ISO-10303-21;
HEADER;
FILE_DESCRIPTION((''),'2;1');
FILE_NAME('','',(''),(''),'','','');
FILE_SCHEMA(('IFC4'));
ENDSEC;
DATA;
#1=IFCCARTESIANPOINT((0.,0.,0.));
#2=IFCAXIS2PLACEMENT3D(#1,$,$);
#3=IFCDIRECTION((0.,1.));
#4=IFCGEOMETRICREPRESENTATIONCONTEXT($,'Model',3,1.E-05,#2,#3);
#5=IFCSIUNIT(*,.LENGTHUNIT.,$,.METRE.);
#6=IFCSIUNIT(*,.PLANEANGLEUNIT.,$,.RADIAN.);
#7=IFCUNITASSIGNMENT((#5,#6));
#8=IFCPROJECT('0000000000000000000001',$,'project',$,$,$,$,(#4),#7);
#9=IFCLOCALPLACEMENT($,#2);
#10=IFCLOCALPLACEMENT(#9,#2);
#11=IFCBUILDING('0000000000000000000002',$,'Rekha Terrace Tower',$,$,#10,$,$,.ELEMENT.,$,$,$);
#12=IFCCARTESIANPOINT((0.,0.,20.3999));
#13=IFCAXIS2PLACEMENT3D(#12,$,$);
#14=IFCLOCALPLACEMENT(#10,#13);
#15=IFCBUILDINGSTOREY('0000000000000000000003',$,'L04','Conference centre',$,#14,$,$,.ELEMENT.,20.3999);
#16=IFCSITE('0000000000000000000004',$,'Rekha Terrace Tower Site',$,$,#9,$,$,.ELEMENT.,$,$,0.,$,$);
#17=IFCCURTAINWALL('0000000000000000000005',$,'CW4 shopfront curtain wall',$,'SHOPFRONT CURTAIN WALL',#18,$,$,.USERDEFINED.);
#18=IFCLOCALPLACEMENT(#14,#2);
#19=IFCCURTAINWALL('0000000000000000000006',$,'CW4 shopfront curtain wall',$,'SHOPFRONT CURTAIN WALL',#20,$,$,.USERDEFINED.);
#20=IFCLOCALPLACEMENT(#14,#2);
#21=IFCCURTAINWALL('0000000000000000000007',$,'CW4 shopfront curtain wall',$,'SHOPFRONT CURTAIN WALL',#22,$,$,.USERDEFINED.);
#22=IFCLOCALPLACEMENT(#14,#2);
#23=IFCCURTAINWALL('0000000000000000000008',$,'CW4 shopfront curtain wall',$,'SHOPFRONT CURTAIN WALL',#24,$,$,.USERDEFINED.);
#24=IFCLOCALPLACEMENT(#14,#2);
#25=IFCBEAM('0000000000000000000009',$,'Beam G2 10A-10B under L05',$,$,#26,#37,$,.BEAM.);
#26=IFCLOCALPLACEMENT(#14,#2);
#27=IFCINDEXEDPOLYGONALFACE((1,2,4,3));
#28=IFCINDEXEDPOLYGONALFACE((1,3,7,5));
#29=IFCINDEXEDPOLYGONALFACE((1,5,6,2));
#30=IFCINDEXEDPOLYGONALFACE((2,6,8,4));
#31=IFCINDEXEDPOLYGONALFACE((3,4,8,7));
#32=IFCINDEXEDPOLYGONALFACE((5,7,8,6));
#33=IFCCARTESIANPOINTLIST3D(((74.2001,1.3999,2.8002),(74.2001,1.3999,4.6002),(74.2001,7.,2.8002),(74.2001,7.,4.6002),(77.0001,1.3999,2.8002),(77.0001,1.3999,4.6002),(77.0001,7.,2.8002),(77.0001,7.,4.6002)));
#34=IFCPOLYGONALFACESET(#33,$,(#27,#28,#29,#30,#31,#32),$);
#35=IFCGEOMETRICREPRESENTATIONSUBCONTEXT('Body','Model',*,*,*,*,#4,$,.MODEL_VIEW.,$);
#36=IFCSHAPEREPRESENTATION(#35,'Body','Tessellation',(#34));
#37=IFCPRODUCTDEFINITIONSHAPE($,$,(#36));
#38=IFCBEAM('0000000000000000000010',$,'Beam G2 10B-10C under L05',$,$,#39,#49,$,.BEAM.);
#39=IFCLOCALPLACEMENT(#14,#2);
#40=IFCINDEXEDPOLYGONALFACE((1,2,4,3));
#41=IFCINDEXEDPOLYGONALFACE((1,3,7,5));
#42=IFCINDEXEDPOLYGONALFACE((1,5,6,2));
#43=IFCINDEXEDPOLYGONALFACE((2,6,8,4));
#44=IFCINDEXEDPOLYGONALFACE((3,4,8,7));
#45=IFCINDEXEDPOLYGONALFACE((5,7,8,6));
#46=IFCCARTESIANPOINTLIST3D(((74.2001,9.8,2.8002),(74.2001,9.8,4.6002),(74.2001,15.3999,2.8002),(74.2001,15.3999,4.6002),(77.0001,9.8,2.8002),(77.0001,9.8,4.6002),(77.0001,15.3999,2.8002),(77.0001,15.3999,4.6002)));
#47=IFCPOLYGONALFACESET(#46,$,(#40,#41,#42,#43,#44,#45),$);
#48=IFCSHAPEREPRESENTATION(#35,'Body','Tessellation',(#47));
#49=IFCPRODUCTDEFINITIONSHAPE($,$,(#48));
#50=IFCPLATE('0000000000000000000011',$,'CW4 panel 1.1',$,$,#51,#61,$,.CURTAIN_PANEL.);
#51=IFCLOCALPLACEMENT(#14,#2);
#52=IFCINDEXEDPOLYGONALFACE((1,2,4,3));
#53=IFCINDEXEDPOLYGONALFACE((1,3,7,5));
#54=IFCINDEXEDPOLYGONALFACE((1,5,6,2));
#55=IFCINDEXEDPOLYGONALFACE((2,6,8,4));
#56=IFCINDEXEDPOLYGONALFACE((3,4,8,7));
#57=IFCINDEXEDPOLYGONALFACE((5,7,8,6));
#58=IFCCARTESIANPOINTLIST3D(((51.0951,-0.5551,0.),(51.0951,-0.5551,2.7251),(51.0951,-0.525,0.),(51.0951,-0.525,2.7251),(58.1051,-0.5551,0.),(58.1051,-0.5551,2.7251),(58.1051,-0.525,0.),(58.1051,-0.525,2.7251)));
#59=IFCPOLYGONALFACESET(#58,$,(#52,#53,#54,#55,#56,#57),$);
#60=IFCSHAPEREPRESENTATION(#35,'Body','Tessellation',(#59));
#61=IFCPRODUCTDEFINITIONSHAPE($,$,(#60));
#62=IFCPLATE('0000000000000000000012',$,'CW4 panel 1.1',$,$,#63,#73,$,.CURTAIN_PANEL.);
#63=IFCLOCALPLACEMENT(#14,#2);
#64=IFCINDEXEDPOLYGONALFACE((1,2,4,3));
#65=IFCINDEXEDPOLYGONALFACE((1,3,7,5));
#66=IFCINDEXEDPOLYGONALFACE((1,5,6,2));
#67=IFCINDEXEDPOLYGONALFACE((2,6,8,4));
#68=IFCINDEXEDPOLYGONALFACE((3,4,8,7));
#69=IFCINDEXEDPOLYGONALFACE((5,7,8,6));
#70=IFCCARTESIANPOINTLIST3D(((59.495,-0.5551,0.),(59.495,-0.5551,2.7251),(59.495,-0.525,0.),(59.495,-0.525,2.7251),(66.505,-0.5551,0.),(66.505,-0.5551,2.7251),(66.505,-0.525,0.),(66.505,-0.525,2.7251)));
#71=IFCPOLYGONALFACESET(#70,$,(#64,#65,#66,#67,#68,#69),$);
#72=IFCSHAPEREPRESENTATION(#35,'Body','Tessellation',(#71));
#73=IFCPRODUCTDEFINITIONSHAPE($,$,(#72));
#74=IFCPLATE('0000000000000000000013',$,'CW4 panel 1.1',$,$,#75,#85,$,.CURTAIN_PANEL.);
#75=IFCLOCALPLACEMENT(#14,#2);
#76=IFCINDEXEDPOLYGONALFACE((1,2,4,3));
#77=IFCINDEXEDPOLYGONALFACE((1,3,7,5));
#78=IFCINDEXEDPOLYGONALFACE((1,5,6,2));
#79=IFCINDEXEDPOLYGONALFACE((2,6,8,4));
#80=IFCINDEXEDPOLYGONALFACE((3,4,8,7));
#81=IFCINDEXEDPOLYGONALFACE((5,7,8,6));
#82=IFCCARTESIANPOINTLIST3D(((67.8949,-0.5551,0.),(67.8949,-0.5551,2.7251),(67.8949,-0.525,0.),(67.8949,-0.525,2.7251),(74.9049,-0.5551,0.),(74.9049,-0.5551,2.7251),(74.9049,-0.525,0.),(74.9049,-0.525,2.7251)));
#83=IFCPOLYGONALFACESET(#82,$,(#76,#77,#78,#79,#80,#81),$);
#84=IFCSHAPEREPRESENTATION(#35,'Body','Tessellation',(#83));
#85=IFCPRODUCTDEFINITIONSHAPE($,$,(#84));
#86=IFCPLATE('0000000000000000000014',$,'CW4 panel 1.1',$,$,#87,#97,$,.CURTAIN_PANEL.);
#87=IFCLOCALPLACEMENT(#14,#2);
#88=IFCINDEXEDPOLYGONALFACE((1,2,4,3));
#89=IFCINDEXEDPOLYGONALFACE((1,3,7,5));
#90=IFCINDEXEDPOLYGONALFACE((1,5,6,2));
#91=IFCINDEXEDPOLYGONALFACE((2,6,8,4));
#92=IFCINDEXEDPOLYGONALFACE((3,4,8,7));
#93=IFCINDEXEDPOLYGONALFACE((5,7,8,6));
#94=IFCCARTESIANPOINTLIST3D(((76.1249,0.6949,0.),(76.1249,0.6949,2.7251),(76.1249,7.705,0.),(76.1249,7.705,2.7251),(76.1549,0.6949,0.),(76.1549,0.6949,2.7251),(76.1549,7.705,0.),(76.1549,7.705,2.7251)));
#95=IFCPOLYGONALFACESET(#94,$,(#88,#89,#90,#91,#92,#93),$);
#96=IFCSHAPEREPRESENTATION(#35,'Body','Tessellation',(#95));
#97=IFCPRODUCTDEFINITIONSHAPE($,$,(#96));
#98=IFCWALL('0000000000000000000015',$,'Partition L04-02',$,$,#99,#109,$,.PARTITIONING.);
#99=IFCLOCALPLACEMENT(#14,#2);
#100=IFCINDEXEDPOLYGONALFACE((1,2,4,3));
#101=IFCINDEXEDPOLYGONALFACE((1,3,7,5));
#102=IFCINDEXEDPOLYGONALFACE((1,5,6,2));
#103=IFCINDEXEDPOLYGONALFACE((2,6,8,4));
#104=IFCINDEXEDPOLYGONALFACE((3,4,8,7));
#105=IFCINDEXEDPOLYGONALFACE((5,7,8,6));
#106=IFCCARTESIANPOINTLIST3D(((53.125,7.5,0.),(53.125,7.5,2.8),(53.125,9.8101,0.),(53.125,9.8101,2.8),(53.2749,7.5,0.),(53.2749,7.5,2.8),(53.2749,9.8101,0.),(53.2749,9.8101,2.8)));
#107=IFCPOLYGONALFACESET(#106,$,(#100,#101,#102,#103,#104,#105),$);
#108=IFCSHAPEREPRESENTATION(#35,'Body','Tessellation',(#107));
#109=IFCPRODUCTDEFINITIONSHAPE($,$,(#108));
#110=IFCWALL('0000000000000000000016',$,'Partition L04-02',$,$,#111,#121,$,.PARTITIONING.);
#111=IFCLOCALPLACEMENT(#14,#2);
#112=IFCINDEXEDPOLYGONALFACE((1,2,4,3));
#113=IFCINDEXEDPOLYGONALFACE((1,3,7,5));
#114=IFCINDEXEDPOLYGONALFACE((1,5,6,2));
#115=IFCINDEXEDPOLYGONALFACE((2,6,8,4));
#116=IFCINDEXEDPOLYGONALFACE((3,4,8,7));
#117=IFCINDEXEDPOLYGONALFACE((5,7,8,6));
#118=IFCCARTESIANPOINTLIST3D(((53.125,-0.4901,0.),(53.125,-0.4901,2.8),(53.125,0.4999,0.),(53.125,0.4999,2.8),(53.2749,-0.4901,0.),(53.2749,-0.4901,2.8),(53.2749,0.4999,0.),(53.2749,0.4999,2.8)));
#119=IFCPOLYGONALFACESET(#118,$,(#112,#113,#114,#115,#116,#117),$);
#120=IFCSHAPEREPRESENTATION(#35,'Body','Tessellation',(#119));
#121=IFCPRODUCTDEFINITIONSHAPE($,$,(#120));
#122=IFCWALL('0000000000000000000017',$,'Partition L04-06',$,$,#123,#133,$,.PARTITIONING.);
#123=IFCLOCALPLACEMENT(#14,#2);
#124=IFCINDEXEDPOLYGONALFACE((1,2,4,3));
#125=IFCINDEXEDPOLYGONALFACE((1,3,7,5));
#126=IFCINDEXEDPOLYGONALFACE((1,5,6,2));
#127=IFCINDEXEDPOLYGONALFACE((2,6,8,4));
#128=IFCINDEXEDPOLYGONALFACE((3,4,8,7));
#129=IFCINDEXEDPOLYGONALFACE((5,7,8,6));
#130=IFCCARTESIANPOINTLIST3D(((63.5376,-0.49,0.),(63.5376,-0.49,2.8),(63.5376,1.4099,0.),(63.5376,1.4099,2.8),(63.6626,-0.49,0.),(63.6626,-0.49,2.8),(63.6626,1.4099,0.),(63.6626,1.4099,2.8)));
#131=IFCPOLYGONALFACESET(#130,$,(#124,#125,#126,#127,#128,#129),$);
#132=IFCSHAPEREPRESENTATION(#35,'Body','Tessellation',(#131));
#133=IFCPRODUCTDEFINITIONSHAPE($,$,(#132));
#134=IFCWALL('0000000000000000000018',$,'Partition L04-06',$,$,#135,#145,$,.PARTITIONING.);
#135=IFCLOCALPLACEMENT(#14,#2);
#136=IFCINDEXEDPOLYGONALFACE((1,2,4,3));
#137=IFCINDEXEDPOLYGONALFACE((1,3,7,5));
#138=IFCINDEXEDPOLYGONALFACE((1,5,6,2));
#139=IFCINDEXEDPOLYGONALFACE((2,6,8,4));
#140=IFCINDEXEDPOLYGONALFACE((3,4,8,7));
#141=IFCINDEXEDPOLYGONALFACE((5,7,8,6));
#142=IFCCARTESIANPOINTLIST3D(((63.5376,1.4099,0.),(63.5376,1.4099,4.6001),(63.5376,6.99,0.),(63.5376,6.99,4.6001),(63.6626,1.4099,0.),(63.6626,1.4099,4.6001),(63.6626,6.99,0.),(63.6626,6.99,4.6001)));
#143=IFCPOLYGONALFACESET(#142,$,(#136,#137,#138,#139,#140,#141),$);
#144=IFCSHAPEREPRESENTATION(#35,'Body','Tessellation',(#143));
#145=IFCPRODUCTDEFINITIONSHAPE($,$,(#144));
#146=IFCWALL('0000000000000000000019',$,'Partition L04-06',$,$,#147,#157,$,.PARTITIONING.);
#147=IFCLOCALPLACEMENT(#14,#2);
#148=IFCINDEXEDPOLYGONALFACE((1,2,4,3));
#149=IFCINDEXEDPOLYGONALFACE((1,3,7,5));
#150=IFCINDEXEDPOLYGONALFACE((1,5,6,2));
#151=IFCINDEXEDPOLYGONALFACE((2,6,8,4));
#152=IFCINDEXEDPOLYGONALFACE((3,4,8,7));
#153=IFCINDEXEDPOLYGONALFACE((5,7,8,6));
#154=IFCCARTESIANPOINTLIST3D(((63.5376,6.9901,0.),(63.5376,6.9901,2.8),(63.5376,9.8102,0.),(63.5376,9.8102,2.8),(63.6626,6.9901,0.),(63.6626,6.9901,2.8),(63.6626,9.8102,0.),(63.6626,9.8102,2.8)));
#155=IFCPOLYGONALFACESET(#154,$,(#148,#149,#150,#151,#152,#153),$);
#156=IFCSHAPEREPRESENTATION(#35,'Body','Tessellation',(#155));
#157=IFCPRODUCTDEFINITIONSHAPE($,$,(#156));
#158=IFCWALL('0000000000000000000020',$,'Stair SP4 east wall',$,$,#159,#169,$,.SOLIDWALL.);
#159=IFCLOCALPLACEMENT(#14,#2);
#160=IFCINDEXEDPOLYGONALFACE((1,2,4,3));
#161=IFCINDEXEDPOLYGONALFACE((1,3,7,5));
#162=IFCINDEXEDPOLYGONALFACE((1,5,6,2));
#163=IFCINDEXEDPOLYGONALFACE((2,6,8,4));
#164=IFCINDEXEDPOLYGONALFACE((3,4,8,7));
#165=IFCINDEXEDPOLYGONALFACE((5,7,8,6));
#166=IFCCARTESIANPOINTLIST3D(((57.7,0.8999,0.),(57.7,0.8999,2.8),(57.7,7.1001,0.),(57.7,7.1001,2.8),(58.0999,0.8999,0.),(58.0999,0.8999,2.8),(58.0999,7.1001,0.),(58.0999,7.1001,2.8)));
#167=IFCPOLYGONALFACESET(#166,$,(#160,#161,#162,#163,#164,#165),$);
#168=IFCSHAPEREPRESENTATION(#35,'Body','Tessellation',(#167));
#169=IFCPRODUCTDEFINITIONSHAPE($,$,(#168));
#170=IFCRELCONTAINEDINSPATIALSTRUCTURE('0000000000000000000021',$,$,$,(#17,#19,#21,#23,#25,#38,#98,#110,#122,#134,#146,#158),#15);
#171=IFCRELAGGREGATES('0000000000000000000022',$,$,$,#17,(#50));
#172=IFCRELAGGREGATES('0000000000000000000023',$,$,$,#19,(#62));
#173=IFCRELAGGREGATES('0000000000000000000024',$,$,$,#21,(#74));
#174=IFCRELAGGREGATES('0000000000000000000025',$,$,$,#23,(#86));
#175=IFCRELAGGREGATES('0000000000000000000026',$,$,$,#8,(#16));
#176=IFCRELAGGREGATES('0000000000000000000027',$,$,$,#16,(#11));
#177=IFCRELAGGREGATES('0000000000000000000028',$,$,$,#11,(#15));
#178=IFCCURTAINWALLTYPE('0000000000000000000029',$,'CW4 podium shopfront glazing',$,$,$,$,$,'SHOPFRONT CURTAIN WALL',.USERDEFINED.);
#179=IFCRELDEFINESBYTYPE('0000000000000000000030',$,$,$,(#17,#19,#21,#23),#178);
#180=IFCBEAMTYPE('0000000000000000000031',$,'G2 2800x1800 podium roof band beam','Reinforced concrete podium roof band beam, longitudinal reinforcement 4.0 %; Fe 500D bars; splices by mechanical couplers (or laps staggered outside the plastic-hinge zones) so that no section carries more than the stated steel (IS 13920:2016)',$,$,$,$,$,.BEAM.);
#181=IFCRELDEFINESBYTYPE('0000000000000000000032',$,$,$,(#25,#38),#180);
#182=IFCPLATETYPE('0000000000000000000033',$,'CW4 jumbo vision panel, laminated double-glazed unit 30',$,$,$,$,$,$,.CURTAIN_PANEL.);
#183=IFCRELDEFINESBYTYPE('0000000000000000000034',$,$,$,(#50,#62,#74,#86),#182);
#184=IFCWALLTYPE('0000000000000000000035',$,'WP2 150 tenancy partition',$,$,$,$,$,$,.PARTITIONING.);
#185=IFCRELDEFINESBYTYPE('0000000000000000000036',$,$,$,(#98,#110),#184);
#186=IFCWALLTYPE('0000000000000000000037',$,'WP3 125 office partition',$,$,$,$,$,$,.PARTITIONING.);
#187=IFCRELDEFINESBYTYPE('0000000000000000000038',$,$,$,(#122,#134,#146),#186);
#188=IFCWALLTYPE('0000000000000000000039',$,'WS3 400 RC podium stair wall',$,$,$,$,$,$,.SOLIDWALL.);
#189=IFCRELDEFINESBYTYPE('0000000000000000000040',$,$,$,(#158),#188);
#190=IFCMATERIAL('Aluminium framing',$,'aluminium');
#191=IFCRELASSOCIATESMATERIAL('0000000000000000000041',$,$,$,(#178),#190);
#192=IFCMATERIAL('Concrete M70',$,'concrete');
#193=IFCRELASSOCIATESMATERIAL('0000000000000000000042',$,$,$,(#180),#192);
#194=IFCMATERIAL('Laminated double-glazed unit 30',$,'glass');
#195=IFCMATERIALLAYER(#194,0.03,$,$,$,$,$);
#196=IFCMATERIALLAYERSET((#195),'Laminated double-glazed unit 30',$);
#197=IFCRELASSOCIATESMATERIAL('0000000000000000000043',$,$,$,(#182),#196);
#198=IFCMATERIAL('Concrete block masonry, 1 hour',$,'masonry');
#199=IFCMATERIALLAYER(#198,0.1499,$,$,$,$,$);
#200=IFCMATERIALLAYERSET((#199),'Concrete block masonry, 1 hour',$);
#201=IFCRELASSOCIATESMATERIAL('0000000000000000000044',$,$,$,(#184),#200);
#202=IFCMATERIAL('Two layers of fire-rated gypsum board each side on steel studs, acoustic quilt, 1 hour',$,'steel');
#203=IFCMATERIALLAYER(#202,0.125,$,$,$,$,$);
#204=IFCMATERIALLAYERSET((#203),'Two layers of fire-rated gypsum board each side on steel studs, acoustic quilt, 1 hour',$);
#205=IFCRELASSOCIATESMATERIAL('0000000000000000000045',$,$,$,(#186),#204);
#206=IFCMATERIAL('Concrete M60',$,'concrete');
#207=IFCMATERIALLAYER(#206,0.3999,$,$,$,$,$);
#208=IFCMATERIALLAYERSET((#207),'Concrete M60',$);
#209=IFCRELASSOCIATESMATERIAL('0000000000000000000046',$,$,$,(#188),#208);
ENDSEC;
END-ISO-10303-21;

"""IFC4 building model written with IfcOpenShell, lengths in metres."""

from ifc_helpers import new_model, si_unit, direction, frame, frame_2d, origin, origin_2d, place, context, subcontext, project, spatial, rectangle, extrude, material, layer, layer_set, material_profile, profile_set, type_object, element, aggregate, save


model = new_model("IFC4")

# Units and contexts
model_context = context("Model", 3, precision=1e-05, world=origin(), true_north=direction((0.0, 1.0)))
body_context = subcontext(model_context, "Body", "Model", "MODEL_VIEW")
ifc_project = project(units=[si_unit("LENGTHUNIT", "METRE"), si_unit("PLANEANGLEUNIT", "RADIAN")], contexts=[model_context])

# Site, building, storey
site_placement = place(None, origin())
site = spatial("IfcSite", under=ifc_project, at=site_placement, Name="Rekha Terrace Tower Site", CompositionType="ELEMENT", RefElevation=0.0)
building_placement = place(site_placement, origin())
building = spatial("IfcBuilding", under=site, at=building_placement, Name="Rekha Terrace Tower", CompositionType="ELEMENT")
storey_placement = place(building_placement, frame((0.0, 0.0, 20.3999)))
storey = spatial("IfcBuildingStorey", under=building, at=storey_placement, Name="L04", Description="Conference centre", CompositionType="ELEMENT", Elevation=20.3999)

# Shared definitions
ifc_material_1 = material(Name="Concrete M70", Category="concrete")
ifc_material_2 = material(Name="Concrete M60", Category="concrete")

# Curtain wall
ifc_material_3 = material(Name="Aluminium framing", Category="aluminium")
curtain_wall_type = type_object("IfcCurtainWallType", Name="CW4 podium shopfront glazing", ElementType="SHOPFRONT CURTAIN WALL", PredefinedType="USERDEFINED", material=ifc_material_3)
curtain_wall_1_placement = place(storey_placement, origin())
curtain_wall_1 = element("IfcCurtainWall", 1, at=curtain_wall_1_placement, inside=storey, type_object=curtain_wall_type, Name="CW4 shopfront curtain wall", ObjectType="SHOPFRONT CURTAIN WALL", PredefinedType="USERDEFINED")

# Curtain walls
curtain_wall_2_placement = place(storey_placement, origin())
curtain_wall_2 = element("IfcCurtainWall", 2, at=curtain_wall_2_placement, inside=storey, type_object=curtain_wall_type, Name="CW4 shopfront curtain wall", ObjectType="SHOPFRONT CURTAIN WALL", PredefinedType="USERDEFINED")
curtain_wall_3_placement = place(storey_placement, origin())
curtain_wall_3 = element("IfcCurtainWall", 3, at=curtain_wall_3_placement, inside=storey, type_object=curtain_wall_type, Name="CW4 shopfront curtain wall", ObjectType="SHOPFRONT CURTAIN WALL", PredefinedType="USERDEFINED")
curtain_wall_4_placement = place(storey_placement, origin())
curtain_wall_4 = element("IfcCurtainWall", 4, at=curtain_wall_4_placement, inside=storey, type_object=curtain_wall_type, Name="CW4 shopfront curtain wall", ObjectType="SHOPFRONT CURTAIN WALL", PredefinedType="USERDEFINED")

# Beams
ifc_material_profile_1 = material_profile(ifc_material_1, rectangle(XDim=2.8, YDim=1.8, at=origin_2d()), Name="RC 2800x1800")
ifc_profile_set_1 = profile_set([ifc_material_profile_1], Name="Concrete M70")
beam_type = type_object("IfcBeamType", Name="G2 2800x1800 podium roof band beam", Description="Reinforced concrete podium roof band beam, longitudinal reinforcement 4.0 %; Fe 500D bars; splices by mechanical couplers (or laps staggered outside the plastic-hinge zones) so that no section carries more than the stated steel (IS 13920:2016)", PredefinedType="BEAM", material=ifc_profile_set_1)
beam_1_placement = place(storey_placement, frame((75.6001, 1.3999, 3.7002), z_axis=(0.0, 1.0, 0.0), x_axis=(-1.0, 0.0, 0.0)))
element("IfcBeam", 5, at=beam_1_placement, inside=storey, type_object=beam_type, Name="Beam G2 10A-10B under L05", PredefinedType="BEAM", context=body_context, shape_type="SweptSolid", body=[
    extrude(rectangle(XDim=2.8, YDim=1.8, at=origin_2d()), origin(), (0.0, 0.0, 1.0), 5.6001),
])
beam_2_placement = place(storey_placement, frame((75.6001, 9.8, 3.7002), z_axis=(0.0, 1.0, 0.0), x_axis=(-1.0, 0.0, 0.0)))
element("IfcBeam", 6, at=beam_2_placement, inside=storey, type_object=beam_type, Name="Beam G2 10B-10C under L05", PredefinedType="BEAM", context=body_context, shape_type="SweptSolid", body=[
    extrude(rectangle(XDim=2.8, YDim=1.8, at=origin_2d()), origin(), (0.0, 0.0, 1.0), 5.5999),
])

# Plates
ifc_material_4 = material(Name="Laminated double-glazed unit 30", Category="glass")
ifc_layer_1 = layer(ifc_material_4, 0.03)
ifc_layer_set_1 = layer_set([ifc_layer_1], Name="Laminated double-glazed unit 30")
plate_type = type_object("IfcPlateType", Name="CW4 jumbo vision panel, laminated double-glazed unit 30", PredefinedType="CURTAIN_PANEL", material=ifc_layer_set_1)
plate_1_placement = place(storey_placement, frame((54.6001, -0.54, 0.0), z_axis=(0.0, 0.0, 1.0), x_axis=(1.0, 0.0, 0.0)))
plate_1 = element("IfcPlate", 7, at=plate_1_placement, type_object=plate_type, Name="CW4 panel 1.1", PredefinedType="CURTAIN_PANEL", context=body_context, shape_type="SweptSolid", body=[
    extrude(rectangle(XDim=7.01, YDim=0.03, at=origin_2d()), origin(), (0.0, 0.0, 1.0), 2.7251),
])
aggregate(curtain_wall_1, [plate_1])
plate_2_placement = place(storey_placement, frame((63.0, -0.54, 0.0), z_axis=(0.0, 0.0, 1.0), x_axis=(1.0, 0.0, 0.0)))
plate_2 = element("IfcPlate", 8, at=plate_2_placement, type_object=plate_type, Name="CW4 panel 1.1", PredefinedType="CURTAIN_PANEL", context=body_context, shape_type="SweptSolid", body=[
    extrude(rectangle(XDim=7.01, YDim=0.03, at=origin_2d()), origin(), (0.0, 0.0, 1.0), 2.7251),
])
aggregate(curtain_wall_2, [plate_2])
plate_3_placement = place(storey_placement, frame((71.3999, -0.54, 0.0), z_axis=(0.0, 0.0, 1.0), x_axis=(1.0, 0.0, 0.0)))
plate_3 = element("IfcPlate", 9, at=plate_3_placement, type_object=plate_type, Name="CW4 panel 1.1", PredefinedType="CURTAIN_PANEL", context=body_context, shape_type="SweptSolid", body=[
    extrude(rectangle(XDim=7.01, YDim=0.03, at=origin_2d()), origin(), (0.0, 0.0, 1.0), 2.7251),
])
aggregate(curtain_wall_3, [plate_3])
plate_4_placement = place(storey_placement, frame((76.1399, 4.2, 0.0), z_axis=(0.0, 0.0, 1.0), x_axis=(0.0, 1.0, 0.0)))
plate_4 = element("IfcPlate", 10, at=plate_4_placement, type_object=plate_type, Name="CW4 panel 1.1", PredefinedType="CURTAIN_PANEL", context=body_context, shape_type="SweptSolid", body=[
    extrude(rectangle(XDim=7.01, YDim=0.03, at=origin_2d()), origin(), (0.0, 0.0, 1.0), 2.7251),
])
aggregate(curtain_wall_4, [plate_4])

# Walls
ifc_material_5 = material(Name="Concrete block masonry, 1 hour", Category="masonry")
ifc_layer_2 = layer(ifc_material_5, 0.1499)
ifc_layer_set_2 = layer_set([ifc_layer_2], Name="Concrete block masonry, 1 hour")
wall_type_1 = type_object("IfcWallType", Name="WP2 150 tenancy partition", PredefinedType="PARTITIONING", material=ifc_layer_set_2)
wall_1_placement = place(storey_placement, frame((53.2, 9.8101, 0.0), z_axis=(0.0, 0.0, 1.0), x_axis=(0.0, -1.0, 0.0)))
element("IfcWall", 11, at=wall_1_placement, inside=storey, type_object=wall_type_1, Name="Partition L04-02", PredefinedType="PARTITIONING", context=body_context, shape_type="SweptSolid", body=[
    extrude(rectangle(XDim=2.3101, YDim=0.1499, at=frame_2d((1.155, 0.0))), origin(), (0.0, 0.0, 1.0), 2.8),
])
wall_2_placement = place(storey_placement, frame((53.2, 0.5, 0.0), z_axis=(0.0, 0.0, 1.0), x_axis=(0.0, -1.0, 0.0)))
element("IfcWall", 12, at=wall_2_placement, inside=storey, type_object=wall_type_1, Name="Partition L04-02", PredefinedType="PARTITIONING", context=body_context, shape_type="SweptSolid", body=[
    extrude(rectangle(XDim=0.99, YDim=0.1499, at=frame_2d((0.4951, 0.0))), origin(), (0.0, 0.0, 1.0), 2.8),
])
ifc_material_6 = material(Name="Two layers of fire-rated gypsum board each side on steel studs, acoustic quilt, 1 hour", Category="steel")
ifc_layer_3 = layer(ifc_material_6, 0.125)
ifc_layer_set_3 = layer_set([ifc_layer_3], Name="Two layers of fire-rated gypsum board each side on steel studs, acoustic quilt, 1 hour")
wall_type_2 = type_object("IfcWallType", Name="WP3 125 office partition", PredefinedType="PARTITIONING", material=ifc_layer_set_3)
wall_3_placement = place(storey_placement, frame((63.6001, -0.49, 0.0), z_axis=(0.0, 0.0, 1.0), x_axis=(0.0, 1.0, 0.0)))
element("IfcWall", 13, at=wall_3_placement, inside=storey, type_object=wall_type_2, Name="Partition L04-06", PredefinedType="PARTITIONING", context=body_context, shape_type="SweptSolid", body=[
    extrude(rectangle(XDim=1.8999, YDim=0.125, at=frame_2d((0.95, 0.0))), origin(), (0.0, 0.0, 1.0), 2.8),
])
wall_4_placement = place(storey_placement, frame((63.6001, 1.4099, 0.0), z_axis=(0.0, 0.0, 1.0), x_axis=(0.0, 1.0, 0.0)))
element("IfcWall", 14, at=wall_4_placement, inside=storey, type_object=wall_type_2, Name="Partition L04-06", PredefinedType="PARTITIONING", context=body_context, shape_type="SweptSolid", body=[
    extrude(rectangle(XDim=5.5801, YDim=0.125, at=frame_2d((2.79, 0.0))), origin(), (0.0, 0.0, 1.0), 4.6001),
])
wall_5_placement = place(storey_placement, frame((63.6001, 6.99, 0.0), z_axis=(0.0, 0.0, 1.0), x_axis=(0.0, 1.0, 0.0)))
element("IfcWall", 15, at=wall_5_placement, inside=storey, type_object=wall_type_2, Name="Partition L04-06", PredefinedType="PARTITIONING", context=body_context, shape_type="SweptSolid", body=[
    extrude(rectangle(XDim=2.8201, YDim=0.125, at=frame_2d((1.4102, 0.0))), origin(), (0.0, 0.0, 1.0), 2.8),
])
ifc_layer_4 = layer(ifc_material_2, 0.3999)
ifc_layer_set_4 = layer_set([ifc_layer_4], Name="Concrete M60")
wall_type_3 = type_object("IfcWallType", Name="WS3 400 RC podium stair wall", PredefinedType="SOLIDWALL", material=ifc_layer_set_4)
wall_6_placement = place(storey_placement, frame((57.8999, 0.8999, 0.0), z_axis=(0.0, 0.0, 1.0), x_axis=(0.0, 1.0, 0.0)))
element("IfcWall", 16, at=wall_6_placement, inside=storey, type_object=wall_type_3, Name="Stair SP4 east wall", PredefinedType="SOLIDWALL", context=body_context, shape_type="SweptSolid", body=[
    extrude(rectangle(XDim=6.2002, YDim=0.3999, at=frame_2d((3.1001, 0.0))), origin(), (0.0, 0.0, 1.0), 2.8),
])

save(model, "model.ifc")
